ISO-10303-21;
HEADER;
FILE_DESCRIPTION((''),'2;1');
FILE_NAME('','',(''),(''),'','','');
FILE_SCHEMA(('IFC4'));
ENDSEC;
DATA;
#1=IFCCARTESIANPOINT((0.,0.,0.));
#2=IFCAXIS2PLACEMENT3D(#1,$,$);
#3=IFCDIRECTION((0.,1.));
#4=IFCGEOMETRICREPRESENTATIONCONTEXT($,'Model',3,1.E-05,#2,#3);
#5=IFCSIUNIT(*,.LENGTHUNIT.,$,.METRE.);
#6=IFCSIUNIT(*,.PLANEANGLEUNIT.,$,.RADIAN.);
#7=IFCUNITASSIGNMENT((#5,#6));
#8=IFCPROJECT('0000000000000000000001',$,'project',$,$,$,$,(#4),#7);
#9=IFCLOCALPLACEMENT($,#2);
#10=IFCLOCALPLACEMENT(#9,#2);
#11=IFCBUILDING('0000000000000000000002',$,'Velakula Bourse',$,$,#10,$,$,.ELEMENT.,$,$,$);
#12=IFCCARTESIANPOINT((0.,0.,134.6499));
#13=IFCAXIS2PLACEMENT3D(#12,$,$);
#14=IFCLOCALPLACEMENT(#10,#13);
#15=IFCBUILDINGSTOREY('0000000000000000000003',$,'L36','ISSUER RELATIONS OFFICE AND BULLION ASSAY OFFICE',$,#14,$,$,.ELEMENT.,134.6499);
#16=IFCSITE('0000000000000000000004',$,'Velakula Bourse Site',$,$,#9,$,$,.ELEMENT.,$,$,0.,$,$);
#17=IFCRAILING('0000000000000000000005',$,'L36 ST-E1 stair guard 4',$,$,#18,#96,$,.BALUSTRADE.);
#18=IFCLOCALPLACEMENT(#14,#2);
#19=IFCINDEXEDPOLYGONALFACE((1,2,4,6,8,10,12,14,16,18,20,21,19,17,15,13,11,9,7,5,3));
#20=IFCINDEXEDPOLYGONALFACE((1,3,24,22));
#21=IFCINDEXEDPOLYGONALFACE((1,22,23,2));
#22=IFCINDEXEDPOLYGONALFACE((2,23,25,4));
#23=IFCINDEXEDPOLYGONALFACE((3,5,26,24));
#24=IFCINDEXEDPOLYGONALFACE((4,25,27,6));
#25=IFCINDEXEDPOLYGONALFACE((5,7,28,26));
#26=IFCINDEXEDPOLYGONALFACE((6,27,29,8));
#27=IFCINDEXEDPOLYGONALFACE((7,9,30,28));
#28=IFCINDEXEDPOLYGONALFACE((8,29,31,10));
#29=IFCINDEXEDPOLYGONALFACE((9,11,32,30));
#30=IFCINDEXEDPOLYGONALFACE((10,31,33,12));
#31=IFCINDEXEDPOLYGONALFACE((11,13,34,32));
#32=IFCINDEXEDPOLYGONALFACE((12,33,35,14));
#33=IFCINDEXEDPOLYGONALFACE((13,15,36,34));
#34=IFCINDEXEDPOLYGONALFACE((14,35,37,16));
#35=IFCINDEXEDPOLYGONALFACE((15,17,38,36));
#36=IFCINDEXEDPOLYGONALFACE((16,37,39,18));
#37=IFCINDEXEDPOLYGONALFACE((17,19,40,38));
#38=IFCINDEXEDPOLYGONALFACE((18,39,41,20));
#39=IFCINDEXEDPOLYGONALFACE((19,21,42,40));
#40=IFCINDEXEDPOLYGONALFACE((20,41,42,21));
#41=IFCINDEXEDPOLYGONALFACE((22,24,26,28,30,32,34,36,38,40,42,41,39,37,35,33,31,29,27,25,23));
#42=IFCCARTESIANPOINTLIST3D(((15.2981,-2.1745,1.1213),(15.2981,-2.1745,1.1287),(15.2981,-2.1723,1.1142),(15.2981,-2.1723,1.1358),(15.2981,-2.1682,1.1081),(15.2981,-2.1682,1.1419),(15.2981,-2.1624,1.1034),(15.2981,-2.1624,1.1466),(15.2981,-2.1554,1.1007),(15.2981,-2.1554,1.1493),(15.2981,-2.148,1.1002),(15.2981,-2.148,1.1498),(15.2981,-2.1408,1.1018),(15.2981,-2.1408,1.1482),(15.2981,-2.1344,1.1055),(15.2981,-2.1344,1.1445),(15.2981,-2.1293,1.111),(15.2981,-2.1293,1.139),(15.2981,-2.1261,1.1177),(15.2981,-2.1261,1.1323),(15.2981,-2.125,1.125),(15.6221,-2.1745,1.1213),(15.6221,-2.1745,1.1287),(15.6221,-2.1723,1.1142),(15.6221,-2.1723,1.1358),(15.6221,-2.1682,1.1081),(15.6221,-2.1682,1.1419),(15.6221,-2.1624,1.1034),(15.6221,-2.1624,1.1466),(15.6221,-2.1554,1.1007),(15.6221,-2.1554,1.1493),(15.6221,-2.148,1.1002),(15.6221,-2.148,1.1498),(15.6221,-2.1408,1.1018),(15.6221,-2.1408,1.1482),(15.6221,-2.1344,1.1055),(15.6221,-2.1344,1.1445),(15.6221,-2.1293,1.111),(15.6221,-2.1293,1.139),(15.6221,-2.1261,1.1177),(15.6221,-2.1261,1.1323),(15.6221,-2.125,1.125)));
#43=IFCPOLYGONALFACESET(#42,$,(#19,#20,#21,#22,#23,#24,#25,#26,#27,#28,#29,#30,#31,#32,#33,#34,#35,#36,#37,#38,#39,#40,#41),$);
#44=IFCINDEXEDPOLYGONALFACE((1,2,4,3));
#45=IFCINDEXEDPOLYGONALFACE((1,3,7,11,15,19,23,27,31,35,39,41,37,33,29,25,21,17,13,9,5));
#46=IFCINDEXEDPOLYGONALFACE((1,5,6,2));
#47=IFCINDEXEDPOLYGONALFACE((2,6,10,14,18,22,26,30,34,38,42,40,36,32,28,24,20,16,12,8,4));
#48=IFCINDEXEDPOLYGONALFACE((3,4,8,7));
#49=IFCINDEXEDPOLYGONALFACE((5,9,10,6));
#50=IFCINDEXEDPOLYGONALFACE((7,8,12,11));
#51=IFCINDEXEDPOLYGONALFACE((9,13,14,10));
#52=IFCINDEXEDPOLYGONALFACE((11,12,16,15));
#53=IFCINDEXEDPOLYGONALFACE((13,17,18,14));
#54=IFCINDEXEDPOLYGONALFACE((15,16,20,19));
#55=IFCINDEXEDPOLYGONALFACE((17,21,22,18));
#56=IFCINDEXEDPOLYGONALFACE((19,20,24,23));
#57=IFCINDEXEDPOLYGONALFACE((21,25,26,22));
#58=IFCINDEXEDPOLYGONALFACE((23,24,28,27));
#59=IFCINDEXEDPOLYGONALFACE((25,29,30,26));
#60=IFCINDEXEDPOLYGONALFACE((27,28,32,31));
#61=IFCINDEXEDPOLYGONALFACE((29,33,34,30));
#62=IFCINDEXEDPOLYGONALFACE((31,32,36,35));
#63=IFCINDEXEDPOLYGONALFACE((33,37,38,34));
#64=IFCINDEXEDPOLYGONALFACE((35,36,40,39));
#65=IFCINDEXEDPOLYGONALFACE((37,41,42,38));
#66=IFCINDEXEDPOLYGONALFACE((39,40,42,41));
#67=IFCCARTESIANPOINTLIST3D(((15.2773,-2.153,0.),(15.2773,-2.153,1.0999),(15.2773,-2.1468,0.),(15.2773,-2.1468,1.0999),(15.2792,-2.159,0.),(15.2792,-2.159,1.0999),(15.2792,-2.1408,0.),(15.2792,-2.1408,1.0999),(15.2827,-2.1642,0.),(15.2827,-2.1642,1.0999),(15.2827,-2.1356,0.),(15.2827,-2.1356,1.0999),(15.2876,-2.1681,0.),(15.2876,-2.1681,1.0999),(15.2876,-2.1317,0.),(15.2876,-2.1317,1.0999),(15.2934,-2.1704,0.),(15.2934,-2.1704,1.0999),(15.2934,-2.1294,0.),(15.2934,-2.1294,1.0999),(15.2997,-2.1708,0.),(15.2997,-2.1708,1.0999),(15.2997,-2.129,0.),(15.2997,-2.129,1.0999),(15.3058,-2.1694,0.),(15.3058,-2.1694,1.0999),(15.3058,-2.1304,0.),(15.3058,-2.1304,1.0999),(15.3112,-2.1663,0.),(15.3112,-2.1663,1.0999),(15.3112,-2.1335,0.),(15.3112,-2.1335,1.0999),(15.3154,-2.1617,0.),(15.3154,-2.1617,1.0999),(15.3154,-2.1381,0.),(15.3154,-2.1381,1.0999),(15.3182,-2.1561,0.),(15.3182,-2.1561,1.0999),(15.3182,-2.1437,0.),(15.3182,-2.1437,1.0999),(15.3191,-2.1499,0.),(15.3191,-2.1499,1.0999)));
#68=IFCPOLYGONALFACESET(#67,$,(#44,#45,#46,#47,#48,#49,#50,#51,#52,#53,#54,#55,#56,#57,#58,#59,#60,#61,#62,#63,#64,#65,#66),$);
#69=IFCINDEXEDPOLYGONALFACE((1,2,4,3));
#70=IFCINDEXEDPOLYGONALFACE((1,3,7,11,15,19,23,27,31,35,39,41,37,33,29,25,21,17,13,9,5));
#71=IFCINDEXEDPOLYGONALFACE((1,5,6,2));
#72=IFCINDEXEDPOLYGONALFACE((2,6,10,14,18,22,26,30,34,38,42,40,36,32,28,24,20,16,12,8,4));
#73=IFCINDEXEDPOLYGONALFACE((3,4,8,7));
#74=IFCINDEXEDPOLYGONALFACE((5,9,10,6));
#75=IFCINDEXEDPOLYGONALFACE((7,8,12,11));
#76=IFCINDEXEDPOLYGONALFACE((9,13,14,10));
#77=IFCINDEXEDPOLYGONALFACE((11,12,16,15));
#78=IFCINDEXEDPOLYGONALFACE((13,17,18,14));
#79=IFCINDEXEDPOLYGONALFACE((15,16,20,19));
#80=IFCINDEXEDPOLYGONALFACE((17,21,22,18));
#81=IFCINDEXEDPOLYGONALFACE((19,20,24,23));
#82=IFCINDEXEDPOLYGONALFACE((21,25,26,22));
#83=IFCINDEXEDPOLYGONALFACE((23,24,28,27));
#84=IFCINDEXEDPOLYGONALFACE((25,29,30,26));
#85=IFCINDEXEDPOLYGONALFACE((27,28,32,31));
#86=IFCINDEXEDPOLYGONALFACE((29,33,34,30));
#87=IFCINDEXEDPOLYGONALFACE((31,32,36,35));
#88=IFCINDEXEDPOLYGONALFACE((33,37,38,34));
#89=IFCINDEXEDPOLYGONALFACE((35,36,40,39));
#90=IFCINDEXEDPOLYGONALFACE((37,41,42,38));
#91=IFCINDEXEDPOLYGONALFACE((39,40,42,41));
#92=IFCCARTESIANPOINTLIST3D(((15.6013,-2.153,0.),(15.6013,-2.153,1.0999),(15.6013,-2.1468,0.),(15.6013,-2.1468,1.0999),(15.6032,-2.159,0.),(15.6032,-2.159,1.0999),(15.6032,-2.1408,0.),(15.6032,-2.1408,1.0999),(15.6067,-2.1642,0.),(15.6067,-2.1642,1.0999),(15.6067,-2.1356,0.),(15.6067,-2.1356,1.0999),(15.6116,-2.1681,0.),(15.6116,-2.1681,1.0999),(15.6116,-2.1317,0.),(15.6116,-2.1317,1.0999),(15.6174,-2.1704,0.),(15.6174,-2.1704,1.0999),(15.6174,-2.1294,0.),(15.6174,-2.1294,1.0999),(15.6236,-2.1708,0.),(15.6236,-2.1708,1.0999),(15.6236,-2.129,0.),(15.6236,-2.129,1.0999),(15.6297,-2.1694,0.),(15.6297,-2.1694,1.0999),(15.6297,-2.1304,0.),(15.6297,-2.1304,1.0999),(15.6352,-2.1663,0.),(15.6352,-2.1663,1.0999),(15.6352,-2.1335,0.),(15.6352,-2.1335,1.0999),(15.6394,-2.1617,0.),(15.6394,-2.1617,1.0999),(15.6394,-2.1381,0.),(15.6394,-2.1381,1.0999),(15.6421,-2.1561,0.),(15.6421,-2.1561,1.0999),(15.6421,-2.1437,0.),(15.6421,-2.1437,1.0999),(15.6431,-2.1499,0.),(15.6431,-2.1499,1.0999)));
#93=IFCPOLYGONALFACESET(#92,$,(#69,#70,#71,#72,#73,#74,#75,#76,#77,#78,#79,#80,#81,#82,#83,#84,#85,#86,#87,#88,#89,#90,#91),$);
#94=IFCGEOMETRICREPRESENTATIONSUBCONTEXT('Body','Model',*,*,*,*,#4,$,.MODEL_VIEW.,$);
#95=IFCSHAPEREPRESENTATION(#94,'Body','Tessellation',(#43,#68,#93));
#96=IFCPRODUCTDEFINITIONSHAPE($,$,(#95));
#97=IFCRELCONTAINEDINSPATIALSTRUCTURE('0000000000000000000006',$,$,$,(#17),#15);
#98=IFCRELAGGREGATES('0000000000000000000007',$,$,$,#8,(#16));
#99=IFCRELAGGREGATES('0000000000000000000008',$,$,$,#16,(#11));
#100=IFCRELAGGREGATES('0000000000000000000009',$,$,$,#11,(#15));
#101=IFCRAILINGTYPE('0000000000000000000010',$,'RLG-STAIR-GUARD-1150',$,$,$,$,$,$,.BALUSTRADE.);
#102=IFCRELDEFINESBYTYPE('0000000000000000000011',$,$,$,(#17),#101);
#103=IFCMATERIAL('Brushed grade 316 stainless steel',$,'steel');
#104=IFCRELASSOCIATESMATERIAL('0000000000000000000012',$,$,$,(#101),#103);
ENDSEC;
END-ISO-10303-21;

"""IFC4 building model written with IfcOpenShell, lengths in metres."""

from ifc_helpers import new_model, si_unit, direction, frame, origin, origin_2d, place, context, subcontext, project, spatial, circle, extrude, material, type_object, element, save


model = new_model("IFC4")

# Units and contexts
model_context = context("Model", 3, precision=1e-05, world=origin(), true_north=direction((0.0, 1.0)))
body_context = subcontext(model_context, "Body", "Model", "MODEL_VIEW")
ifc_project = project(units=[si_unit("LENGTHUNIT", "METRE"), si_unit("PLANEANGLEUNIT", "RADIAN")], contexts=[model_context])

# Site, building, storey
site_placement = place(None, origin())
site = spatial("IfcSite", under=ifc_project, at=site_placement, Name="Velakula Bourse Site", CompositionType="ELEMENT", RefElevation=0.0)
building_placement = place(site_placement, origin())
building = spatial("IfcBuilding", under=site, at=building_placement, Name="Velakula Bourse", CompositionType="ELEMENT")
storey_placement = place(building_placement, frame((0.0, 0.0, 134.6499)))
storey = spatial("IfcBuildingStorey", under=building, at=storey_placement, Name="L36", Description="ISSUER RELATIONS OFFICE AND BULLION ASSAY OFFICE", CompositionType="ELEMENT", Elevation=134.6499)

# Shared definitions
ifc_material_1 = material(Name="Brushed grade 316 stainless steel", Category="steel")

# Railing
railing_type_1 = type_object("IfcRailingType", Name="RLG-STAIR-GUARD-1150", PredefinedType="BALUSTRADE", material=ifc_material_1)
railing_1_placement = place(storey_placement, frame((15.2981, -2.1499, 0.0)))
element("IfcRailing", 1, at=railing_1_placement, inside=storey, type_object=railing_type_1, Name="L36 ST-E1 stair guard 4", PredefinedType="BALUSTRADE", context=body_context, shape_type="SweptSolid", body=[
    extrude(circle(Radius=0.0249, at=origin_2d()), frame((0.0, 0.0, 1.125), z_axis=(1.0, 0.0, 0.0), x_axis=(0.0, 1.0, 0.0)), (0.0, 0.0, 1.0), 0.324),
    extrude(circle(Radius=0.021, at=origin_2d()), origin(), (0.0, 0.0, 1.0), 1.0999),
    extrude(circle(Radius=0.021, at=origin_2d()), frame((0.324, 0.0, 0.0)), (0.0, 0.0, 1.0), 1.0999),
])

save(model, "model.ifc")
